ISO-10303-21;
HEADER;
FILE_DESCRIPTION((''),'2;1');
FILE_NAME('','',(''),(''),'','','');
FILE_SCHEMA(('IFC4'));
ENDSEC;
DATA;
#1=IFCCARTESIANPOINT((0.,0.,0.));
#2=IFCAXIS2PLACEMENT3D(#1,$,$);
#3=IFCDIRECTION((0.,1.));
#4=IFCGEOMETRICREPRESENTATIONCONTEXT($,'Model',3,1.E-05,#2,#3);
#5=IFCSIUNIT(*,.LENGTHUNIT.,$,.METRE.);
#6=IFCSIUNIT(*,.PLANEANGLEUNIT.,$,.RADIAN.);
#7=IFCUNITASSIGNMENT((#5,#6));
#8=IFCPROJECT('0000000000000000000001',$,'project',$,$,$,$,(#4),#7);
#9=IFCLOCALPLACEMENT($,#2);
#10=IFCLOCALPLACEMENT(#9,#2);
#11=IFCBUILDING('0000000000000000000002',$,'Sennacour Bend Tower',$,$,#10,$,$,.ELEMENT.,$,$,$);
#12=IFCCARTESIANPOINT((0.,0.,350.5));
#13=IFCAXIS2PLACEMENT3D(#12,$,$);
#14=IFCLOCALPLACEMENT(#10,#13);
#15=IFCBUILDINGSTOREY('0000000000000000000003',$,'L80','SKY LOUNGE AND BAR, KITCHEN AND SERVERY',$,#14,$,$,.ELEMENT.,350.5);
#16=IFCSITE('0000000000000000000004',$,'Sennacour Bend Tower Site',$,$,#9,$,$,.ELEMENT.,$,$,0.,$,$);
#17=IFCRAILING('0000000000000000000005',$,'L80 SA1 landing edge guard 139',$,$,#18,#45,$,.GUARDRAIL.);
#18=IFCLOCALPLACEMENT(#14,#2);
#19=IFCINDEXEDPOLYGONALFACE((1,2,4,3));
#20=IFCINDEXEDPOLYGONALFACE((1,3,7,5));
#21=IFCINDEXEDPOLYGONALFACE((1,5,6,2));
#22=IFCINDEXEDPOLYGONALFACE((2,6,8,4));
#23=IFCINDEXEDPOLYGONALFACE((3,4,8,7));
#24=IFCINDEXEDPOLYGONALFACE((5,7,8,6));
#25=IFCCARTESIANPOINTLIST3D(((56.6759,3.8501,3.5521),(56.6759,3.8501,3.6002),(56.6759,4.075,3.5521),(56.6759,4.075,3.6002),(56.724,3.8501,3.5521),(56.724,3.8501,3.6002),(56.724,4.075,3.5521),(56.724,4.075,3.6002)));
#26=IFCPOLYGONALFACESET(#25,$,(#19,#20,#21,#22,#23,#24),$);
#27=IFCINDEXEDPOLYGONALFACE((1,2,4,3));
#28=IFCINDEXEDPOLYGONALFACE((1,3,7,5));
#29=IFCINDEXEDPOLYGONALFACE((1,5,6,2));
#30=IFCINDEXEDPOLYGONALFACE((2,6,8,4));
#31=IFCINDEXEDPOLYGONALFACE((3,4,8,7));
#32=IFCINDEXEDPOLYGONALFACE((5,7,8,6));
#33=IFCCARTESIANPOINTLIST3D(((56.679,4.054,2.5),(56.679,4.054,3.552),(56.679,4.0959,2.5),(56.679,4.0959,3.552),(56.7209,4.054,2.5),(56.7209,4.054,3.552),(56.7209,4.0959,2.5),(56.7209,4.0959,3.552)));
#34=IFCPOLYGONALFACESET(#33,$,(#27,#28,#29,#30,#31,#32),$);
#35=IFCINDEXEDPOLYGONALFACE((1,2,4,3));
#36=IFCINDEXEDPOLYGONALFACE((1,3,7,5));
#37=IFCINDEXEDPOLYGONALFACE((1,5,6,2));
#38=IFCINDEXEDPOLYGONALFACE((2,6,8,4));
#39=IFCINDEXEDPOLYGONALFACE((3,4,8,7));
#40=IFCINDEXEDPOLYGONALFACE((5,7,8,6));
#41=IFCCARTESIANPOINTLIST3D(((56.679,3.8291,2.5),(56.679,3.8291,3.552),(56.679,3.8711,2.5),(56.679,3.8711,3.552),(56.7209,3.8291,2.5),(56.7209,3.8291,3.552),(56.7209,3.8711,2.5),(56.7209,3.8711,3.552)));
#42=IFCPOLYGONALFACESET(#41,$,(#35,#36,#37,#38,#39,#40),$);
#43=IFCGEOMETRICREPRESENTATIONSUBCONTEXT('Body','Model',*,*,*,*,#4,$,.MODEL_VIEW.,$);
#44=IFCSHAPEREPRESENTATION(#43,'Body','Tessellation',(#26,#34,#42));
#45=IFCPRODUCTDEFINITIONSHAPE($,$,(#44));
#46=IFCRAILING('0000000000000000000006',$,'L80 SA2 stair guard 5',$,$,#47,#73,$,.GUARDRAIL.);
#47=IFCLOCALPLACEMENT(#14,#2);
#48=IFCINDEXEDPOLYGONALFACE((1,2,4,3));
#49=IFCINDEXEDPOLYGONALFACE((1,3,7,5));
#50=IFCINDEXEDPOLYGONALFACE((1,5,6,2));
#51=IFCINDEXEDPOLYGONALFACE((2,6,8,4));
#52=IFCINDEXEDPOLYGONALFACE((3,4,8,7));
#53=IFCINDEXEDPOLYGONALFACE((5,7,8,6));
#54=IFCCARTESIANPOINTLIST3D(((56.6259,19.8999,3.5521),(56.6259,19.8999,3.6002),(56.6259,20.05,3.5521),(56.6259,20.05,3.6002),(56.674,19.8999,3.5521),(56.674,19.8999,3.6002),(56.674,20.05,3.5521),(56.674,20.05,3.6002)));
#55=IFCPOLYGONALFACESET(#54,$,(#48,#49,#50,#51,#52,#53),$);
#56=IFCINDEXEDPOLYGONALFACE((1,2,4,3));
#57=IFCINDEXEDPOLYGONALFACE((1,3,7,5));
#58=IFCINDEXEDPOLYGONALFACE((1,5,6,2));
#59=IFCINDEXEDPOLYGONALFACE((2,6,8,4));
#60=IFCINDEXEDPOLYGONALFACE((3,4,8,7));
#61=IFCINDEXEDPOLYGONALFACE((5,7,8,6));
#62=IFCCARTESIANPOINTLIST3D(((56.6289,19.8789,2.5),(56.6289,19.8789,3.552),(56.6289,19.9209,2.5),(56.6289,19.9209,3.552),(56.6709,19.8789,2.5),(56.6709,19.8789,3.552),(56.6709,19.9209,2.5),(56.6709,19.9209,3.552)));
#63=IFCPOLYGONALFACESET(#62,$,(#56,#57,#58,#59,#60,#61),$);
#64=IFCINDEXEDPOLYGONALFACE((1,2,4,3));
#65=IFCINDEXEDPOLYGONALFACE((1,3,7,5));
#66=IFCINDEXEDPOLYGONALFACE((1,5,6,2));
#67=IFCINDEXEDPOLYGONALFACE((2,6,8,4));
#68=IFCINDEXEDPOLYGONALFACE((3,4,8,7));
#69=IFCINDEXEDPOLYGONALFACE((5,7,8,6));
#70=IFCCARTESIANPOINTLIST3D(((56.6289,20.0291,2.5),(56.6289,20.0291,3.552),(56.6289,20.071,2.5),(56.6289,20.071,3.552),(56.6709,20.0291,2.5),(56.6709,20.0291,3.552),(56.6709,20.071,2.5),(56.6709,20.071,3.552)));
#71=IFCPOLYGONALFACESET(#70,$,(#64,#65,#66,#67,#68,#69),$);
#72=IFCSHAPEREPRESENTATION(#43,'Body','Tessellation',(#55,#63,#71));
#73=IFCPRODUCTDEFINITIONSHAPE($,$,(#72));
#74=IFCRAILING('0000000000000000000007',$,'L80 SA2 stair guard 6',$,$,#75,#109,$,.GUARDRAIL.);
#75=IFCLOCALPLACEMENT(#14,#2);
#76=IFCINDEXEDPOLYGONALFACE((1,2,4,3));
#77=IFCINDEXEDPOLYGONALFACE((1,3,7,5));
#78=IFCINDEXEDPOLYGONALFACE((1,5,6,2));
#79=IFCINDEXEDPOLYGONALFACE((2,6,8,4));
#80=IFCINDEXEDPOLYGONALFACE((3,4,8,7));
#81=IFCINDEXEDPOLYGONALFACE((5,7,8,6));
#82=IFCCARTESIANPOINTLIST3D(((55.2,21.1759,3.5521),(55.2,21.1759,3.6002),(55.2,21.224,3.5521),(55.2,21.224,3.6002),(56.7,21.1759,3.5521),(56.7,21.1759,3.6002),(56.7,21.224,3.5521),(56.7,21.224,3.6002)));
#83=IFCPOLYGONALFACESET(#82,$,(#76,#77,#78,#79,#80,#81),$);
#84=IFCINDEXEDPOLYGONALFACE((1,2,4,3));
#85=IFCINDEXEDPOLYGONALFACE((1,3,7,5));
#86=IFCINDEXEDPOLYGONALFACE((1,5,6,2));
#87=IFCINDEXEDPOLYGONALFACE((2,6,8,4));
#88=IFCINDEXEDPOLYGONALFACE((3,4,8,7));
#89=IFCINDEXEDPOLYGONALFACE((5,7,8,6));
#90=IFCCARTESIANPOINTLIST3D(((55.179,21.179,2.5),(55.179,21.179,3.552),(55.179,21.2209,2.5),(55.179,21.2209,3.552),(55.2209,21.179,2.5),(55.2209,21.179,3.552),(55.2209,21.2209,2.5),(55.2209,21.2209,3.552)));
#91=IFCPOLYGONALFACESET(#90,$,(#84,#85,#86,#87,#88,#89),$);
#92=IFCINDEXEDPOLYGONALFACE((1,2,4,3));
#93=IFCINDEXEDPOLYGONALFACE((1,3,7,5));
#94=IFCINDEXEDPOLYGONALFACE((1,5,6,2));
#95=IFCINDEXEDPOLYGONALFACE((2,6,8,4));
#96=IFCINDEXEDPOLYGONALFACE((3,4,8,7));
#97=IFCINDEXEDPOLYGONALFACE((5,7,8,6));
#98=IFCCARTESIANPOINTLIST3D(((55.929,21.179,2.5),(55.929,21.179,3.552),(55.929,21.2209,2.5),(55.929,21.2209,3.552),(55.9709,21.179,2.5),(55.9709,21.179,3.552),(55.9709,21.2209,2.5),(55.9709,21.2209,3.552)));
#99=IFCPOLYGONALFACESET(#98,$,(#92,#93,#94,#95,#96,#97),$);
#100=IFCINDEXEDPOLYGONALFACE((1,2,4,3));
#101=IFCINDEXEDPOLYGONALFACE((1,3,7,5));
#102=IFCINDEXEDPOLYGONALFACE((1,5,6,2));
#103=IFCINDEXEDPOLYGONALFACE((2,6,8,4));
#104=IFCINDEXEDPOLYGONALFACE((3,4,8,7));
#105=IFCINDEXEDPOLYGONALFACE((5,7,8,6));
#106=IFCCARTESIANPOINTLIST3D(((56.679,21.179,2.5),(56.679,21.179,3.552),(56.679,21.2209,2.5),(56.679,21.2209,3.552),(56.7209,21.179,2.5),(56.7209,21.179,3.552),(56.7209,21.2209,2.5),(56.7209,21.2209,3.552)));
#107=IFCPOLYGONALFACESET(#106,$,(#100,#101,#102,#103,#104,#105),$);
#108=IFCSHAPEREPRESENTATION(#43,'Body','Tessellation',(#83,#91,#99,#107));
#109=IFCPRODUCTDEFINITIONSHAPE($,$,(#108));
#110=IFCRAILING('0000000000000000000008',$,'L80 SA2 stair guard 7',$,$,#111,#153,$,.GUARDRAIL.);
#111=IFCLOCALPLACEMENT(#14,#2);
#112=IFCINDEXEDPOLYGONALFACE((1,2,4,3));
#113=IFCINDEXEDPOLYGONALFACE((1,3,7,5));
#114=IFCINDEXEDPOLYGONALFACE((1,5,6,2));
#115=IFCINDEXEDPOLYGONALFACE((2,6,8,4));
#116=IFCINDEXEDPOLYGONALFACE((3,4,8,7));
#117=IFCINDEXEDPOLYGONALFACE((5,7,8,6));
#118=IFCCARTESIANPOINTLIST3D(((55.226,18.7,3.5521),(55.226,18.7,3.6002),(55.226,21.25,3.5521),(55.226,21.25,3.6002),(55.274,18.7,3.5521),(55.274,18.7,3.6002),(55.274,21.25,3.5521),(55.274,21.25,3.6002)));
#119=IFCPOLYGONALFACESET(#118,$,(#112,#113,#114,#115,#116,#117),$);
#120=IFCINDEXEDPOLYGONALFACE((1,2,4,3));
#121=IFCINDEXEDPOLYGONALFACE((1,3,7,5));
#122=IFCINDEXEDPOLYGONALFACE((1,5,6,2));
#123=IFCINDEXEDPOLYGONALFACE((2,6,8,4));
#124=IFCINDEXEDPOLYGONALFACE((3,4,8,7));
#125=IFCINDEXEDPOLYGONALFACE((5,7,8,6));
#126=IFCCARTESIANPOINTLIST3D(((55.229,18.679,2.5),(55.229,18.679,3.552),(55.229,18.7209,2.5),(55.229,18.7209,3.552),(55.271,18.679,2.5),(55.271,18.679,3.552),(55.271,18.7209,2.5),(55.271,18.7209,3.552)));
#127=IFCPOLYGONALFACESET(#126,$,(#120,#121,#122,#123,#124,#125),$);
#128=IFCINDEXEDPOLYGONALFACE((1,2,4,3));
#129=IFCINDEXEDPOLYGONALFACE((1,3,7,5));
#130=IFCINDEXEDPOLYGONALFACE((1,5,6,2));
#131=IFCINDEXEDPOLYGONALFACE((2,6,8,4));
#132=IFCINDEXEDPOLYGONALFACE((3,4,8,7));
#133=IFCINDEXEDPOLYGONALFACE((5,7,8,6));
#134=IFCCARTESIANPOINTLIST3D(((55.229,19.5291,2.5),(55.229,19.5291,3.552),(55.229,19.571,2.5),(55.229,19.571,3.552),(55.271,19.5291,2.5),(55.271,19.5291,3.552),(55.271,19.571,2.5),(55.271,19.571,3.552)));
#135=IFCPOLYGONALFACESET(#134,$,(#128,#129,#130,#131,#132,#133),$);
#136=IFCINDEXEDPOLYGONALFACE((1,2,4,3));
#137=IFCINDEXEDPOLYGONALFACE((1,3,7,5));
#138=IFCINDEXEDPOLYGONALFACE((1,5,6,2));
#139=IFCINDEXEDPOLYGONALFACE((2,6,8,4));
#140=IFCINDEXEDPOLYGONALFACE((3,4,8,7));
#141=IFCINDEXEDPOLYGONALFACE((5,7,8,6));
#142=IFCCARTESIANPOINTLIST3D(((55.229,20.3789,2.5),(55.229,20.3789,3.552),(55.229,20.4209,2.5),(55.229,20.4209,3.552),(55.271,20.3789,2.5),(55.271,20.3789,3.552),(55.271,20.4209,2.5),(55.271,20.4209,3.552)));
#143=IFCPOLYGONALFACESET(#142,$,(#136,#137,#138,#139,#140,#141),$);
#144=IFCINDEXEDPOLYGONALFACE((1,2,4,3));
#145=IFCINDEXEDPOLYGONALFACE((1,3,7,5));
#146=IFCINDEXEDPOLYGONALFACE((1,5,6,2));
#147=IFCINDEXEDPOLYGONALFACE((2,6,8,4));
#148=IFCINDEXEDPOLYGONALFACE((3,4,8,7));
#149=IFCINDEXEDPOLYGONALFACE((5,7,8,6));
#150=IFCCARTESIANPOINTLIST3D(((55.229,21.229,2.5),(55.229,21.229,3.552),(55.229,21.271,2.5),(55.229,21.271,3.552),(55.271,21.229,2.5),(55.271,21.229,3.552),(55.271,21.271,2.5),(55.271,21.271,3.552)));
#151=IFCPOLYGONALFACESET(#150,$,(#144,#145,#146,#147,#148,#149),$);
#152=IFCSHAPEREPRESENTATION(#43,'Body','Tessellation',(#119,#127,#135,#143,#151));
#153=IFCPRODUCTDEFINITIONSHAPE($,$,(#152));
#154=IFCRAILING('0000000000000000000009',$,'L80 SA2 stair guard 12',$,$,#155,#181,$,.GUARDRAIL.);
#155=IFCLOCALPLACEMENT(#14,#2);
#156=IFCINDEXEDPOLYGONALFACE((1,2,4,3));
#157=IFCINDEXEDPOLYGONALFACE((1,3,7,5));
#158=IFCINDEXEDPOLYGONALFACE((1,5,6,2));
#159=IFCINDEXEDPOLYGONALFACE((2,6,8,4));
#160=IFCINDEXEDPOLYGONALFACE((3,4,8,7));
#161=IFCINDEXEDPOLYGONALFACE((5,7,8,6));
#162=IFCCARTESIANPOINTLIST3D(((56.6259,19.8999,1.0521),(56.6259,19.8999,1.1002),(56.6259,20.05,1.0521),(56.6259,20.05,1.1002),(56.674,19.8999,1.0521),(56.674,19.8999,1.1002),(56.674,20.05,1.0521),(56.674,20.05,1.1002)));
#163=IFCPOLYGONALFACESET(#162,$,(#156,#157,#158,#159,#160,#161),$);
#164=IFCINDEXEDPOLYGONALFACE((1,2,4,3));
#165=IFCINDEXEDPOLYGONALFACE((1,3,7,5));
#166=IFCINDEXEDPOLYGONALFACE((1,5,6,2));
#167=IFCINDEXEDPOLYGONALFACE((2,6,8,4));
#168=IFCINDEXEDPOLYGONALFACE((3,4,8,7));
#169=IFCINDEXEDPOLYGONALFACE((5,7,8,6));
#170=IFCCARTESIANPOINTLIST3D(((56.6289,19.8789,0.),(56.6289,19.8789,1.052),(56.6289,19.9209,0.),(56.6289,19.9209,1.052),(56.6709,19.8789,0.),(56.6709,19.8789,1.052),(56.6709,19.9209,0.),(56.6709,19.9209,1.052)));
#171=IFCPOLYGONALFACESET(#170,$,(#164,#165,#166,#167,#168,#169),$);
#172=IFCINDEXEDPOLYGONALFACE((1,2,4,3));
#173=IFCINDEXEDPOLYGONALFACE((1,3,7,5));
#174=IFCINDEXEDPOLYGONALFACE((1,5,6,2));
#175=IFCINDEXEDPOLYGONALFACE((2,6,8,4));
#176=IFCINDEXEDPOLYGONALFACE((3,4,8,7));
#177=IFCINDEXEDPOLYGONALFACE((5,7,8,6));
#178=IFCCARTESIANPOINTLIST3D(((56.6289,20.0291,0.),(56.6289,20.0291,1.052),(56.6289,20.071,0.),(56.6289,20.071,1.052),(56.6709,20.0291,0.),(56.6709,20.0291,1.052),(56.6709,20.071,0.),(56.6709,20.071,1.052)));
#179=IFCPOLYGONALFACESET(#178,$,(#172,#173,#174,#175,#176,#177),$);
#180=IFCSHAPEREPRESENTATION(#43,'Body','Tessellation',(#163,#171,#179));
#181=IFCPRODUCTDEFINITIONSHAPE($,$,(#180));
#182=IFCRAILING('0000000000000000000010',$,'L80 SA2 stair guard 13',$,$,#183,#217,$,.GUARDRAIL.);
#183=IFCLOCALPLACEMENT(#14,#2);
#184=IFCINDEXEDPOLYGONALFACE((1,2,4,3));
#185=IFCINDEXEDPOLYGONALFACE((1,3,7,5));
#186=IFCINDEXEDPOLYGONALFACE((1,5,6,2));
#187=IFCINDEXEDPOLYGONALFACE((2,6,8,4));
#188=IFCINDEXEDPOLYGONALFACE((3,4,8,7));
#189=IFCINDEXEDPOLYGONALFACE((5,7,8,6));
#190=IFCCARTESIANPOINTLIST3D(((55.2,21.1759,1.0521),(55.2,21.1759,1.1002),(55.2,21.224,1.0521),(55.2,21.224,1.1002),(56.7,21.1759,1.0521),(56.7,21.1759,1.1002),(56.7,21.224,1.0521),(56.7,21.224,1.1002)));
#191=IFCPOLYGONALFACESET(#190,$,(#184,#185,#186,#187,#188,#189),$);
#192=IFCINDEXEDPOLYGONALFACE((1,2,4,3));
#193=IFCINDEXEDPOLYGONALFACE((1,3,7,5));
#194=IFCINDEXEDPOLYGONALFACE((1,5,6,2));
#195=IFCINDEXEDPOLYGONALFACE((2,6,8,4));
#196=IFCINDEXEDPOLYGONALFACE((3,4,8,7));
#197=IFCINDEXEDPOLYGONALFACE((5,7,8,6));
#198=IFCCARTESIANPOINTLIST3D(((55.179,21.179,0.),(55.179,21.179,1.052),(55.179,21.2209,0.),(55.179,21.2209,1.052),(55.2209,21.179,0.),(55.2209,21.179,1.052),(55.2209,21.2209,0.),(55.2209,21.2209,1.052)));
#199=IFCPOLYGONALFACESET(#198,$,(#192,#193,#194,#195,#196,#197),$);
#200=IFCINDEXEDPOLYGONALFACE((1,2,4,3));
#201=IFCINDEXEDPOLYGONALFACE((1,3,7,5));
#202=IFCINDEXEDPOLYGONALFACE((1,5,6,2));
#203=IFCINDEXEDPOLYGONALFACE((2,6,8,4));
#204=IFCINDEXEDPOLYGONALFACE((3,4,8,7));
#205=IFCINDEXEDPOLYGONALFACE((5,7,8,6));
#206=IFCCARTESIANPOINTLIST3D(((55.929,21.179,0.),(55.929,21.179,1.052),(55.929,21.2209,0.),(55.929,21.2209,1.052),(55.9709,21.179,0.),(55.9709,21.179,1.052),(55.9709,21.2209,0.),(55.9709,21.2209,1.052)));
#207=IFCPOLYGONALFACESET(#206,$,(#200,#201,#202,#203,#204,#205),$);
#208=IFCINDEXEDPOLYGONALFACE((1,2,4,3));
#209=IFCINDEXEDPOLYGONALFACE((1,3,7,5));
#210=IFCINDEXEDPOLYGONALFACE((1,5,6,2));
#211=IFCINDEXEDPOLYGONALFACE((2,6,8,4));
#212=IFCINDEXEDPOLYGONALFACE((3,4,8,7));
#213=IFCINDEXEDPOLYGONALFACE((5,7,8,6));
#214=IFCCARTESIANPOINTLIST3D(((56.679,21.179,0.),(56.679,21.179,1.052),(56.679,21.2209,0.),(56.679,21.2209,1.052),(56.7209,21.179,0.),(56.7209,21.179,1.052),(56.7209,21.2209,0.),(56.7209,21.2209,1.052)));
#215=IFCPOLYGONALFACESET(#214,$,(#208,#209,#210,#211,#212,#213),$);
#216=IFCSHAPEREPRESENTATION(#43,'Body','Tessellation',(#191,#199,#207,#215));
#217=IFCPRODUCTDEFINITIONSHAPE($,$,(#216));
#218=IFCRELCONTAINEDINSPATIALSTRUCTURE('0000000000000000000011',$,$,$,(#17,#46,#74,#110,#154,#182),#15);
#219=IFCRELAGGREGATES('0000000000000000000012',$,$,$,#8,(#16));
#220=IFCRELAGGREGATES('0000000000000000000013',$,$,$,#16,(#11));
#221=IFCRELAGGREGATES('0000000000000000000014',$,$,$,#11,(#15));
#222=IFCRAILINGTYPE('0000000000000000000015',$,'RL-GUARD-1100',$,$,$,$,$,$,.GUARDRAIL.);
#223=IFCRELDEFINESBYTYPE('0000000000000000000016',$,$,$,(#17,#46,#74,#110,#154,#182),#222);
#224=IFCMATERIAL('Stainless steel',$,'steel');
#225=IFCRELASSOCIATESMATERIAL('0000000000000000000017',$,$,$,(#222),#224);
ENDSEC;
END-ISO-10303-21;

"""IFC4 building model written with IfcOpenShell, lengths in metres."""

from ifc_helpers import new_model, si_unit, direction, frame, origin, origin_2d, place, context, subcontext, project, spatial, rectangle, extrude, material, type_object, element, save


model = new_model("IFC4")

# Units and contexts
model_context = context("Model", 3, precision=1e-05, world=origin(), true_north=direction((0.0, 1.0)))
body_context = subcontext(model_context, "Body", "Model", "MODEL_VIEW")
ifc_project = project(units=[si_unit("LENGTHUNIT", "METRE"), si_unit("PLANEANGLEUNIT", "RADIAN")], contexts=[model_context])

# Site, building, storey
site_placement = place(None, origin())
site = spatial("IfcSite", under=ifc_project, at=site_placement, Name="Sennacour Bend Tower Site", CompositionType="ELEMENT", RefElevation=0.0)
building_placement = place(site_placement, origin())
building = spatial("IfcBuilding", under=site, at=building_placement, Name="Sennacour Bend Tower", CompositionType="ELEMENT")
storey_placement = place(building_placement, frame((0.0, 0.0, 350.5)))
storey = spatial("IfcBuildingStorey", under=building, at=storey_placement, Name="L80", Description="SKY LOUNGE AND BAR, KITCHEN AND SERVERY", CompositionType="ELEMENT", Elevation=350.5)

# Shared definitions
ifc_material_1 = material(Name="Stainless steel", Category="steel")

# Railings
railing_type = type_object("IfcRailingType", Name="RL-GUARD-1100", PredefinedType="GUARDRAIL", material=ifc_material_1)
railing_1_placement = place(storey_placement, frame((56.7, 4.075, 2.5)))
element("IfcRailing", 1, at=railing_1_placement, inside=storey, type_object=railing_type, Name="L80 SA1 landing edge guard 139", PredefinedType="GUARDRAIL", context=body_context, shape_type="SweptSolid", body=[
    extrude(rectangle(XDim=0.0481, YDim=0.0481, at=origin_2d()), frame((0.0, 0.0, 1.0762), z_axis=(0.0, -1.0, 0.0), x_axis=(1.0, 0.0, 0.0)), (0.0, 0.0, 1.0), 0.2249),
    extrude(rectangle(XDim=0.042, YDim=0.042, at=origin_2d()), origin(), (0.0, 0.0, 1.0), 1.052),
    extrude(rectangle(XDim=0.042, YDim=0.042, at=origin_2d()), frame((0.0, -0.2249, 0.0)), (0.0, 0.0, 1.0), 1.052),
])
railing_2_placement = place(storey_placement, frame((56.6499, 19.8999, 2.5)))
element("IfcRailing", 2, at=railing_2_placement, inside=storey, type_object=railing_type, Name="L80 SA2 stair guard 5", PredefinedType="GUARDRAIL", context=body_context, shape_type="SweptSolid", body=[
    extrude(rectangle(XDim=0.0481, YDim=0.0481, at=origin_2d()), frame((0.0, 0.0, 1.0762), z_axis=(0.0, 1.0, 0.0), x_axis=(-1.0, 0.0, 0.0)), (0.0, 0.0, 1.0), 0.1501),
    extrude(rectangle(XDim=0.042, YDim=0.042, at=origin_2d()), origin(), (0.0, 0.0, 1.0), 1.052),
    extrude(rectangle(XDim=0.042, YDim=0.042, at=origin_2d()), frame((0.0, 0.1501, 0.0)), (0.0, 0.0, 1.0), 1.052),
])
railing_3_placement = place(storey_placement, frame((55.2, 21.2, 2.5)))
element("IfcRailing", 3, at=railing_3_placement, inside=storey, type_object=railing_type, Name="L80 SA2 stair guard 6", PredefinedType="GUARDRAIL", context=body_context, shape_type="SweptSolid", body=[
    extrude(rectangle(XDim=0.0481, YDim=0.0481, at=origin_2d()), frame((0.0, 0.0, 1.0762), z_axis=(1.0, 0.0, 0.0), x_axis=(0.0, 1.0, 0.0)), (0.0, 0.0, 1.0), 1.5),
    extrude(rectangle(XDim=0.042, YDim=0.042, at=origin_2d()), origin(), (0.0, 0.0, 1.0), 1.052),
    extrude(rectangle(XDim=0.042, YDim=0.042, at=origin_2d()), frame((0.75, 0.0, 0.0)), (0.0, 0.0, 1.0), 1.052),
    extrude(rectangle(XDim=0.042, YDim=0.042, at=origin_2d()), frame((1.5, 0.0, 0.0)), (0.0, 0.0, 1.0), 1.052),
])
railing_4_placement = place(storey_placement, frame((55.25, 18.7, 2.5)))
element("IfcRailing", 4, at=railing_4_placement, inside=storey, type_object=railing_type, Name="L80 SA2 stair guard 7", PredefinedType="GUARDRAIL", context=body_context, shape_type="SweptSolid", body=[
    extrude(rectangle(XDim=0.0481, YDim=0.0481, at=origin_2d()), frame((0.0, 0.0, 1.0762), z_axis=(0.0, 1.0, 0.0), x_axis=(-1.0, 0.0, 0.0)), (0.0, 0.0, 1.0), 2.55),
    extrude(rectangle(XDim=0.042, YDim=0.042, at=origin_2d()), origin(), (0.0, 0.0, 1.0), 1.052),
    extrude(rectangle(XDim=0.042, YDim=0.042, at=origin_2d()), frame((0.0, 0.8501, 0.0)), (0.0, 0.0, 1.0), 1.052),
    extrude(rectangle(XDim=0.042, YDim=0.042, at=origin_2d()), frame((0.0, 1.7, 0.0)), (0.0, 0.0, 1.0), 1.052),
    extrude(rectangle(XDim=0.042, YDim=0.042, at=origin_2d()), frame((0.0, 2.55, 0.0)), (0.0, 0.0, 1.0), 1.052),
])
railing_5_placement = place(storey_placement, frame((56.6499, 19.8999, 0.0)))
element("IfcRailing", 5, at=railing_5_placement, inside=storey, type_object=railing_type, Name="L80 SA2 stair guard 12", PredefinedType="GUARDRAIL", context=body_context, shape_type="SweptSolid", body=[
    extrude(rectangle(XDim=0.0481, YDim=0.0481, at=origin_2d()), frame((0.0, 0.0, 1.0762), z_axis=(0.0, 1.0, 0.0), x_axis=(-1.0, 0.0, 0.0)), (0.0, 0.0, 1.0), 0.1501),
    extrude(rectangle(XDim=0.042, YDim=0.042, at=origin_2d()), origin(), (0.0, 0.0, 1.0), 1.052),
    extrude(rectangle(XDim=0.042, YDim=0.042, at=origin_2d()), frame((0.0, 0.1501, 0.0)), (0.0, 0.0, 1.0), 1.052),
])
railing_6_placement = place(storey_placement, frame((55.2, 21.2, 0.0)))
element("IfcRailing", 6, at=railing_6_placement, inside=storey, type_object=railing_type, Name="L80 SA2 stair guard 13", PredefinedType="GUARDRAIL", context=body_context, shape_type="SweptSolid", body=[
    extrude(rectangle(XDim=0.0481, YDim=0.0481, at=origin_2d()), frame((0.0, 0.0, 1.0762), z_axis=(1.0, 0.0, 0.0), x_axis=(0.0, 1.0, 0.0)), (0.0, 0.0, 1.0), 1.5),
    extrude(rectangle(XDim=0.042, YDim=0.042, at=origin_2d()), origin(), (0.0, 0.0, 1.0), 1.052),
    extrude(rectangle(XDim=0.042, YDim=0.042, at=origin_2d()), frame((0.75, 0.0, 0.0)), (0.0, 0.0, 1.0), 1.052),
    extrude(rectangle(XDim=0.042, YDim=0.042, at=origin_2d()), frame((1.5, 0.0, 0.0)), (0.0, 0.0, 1.0), 1.052),
])

save(model, "model.ifc")
